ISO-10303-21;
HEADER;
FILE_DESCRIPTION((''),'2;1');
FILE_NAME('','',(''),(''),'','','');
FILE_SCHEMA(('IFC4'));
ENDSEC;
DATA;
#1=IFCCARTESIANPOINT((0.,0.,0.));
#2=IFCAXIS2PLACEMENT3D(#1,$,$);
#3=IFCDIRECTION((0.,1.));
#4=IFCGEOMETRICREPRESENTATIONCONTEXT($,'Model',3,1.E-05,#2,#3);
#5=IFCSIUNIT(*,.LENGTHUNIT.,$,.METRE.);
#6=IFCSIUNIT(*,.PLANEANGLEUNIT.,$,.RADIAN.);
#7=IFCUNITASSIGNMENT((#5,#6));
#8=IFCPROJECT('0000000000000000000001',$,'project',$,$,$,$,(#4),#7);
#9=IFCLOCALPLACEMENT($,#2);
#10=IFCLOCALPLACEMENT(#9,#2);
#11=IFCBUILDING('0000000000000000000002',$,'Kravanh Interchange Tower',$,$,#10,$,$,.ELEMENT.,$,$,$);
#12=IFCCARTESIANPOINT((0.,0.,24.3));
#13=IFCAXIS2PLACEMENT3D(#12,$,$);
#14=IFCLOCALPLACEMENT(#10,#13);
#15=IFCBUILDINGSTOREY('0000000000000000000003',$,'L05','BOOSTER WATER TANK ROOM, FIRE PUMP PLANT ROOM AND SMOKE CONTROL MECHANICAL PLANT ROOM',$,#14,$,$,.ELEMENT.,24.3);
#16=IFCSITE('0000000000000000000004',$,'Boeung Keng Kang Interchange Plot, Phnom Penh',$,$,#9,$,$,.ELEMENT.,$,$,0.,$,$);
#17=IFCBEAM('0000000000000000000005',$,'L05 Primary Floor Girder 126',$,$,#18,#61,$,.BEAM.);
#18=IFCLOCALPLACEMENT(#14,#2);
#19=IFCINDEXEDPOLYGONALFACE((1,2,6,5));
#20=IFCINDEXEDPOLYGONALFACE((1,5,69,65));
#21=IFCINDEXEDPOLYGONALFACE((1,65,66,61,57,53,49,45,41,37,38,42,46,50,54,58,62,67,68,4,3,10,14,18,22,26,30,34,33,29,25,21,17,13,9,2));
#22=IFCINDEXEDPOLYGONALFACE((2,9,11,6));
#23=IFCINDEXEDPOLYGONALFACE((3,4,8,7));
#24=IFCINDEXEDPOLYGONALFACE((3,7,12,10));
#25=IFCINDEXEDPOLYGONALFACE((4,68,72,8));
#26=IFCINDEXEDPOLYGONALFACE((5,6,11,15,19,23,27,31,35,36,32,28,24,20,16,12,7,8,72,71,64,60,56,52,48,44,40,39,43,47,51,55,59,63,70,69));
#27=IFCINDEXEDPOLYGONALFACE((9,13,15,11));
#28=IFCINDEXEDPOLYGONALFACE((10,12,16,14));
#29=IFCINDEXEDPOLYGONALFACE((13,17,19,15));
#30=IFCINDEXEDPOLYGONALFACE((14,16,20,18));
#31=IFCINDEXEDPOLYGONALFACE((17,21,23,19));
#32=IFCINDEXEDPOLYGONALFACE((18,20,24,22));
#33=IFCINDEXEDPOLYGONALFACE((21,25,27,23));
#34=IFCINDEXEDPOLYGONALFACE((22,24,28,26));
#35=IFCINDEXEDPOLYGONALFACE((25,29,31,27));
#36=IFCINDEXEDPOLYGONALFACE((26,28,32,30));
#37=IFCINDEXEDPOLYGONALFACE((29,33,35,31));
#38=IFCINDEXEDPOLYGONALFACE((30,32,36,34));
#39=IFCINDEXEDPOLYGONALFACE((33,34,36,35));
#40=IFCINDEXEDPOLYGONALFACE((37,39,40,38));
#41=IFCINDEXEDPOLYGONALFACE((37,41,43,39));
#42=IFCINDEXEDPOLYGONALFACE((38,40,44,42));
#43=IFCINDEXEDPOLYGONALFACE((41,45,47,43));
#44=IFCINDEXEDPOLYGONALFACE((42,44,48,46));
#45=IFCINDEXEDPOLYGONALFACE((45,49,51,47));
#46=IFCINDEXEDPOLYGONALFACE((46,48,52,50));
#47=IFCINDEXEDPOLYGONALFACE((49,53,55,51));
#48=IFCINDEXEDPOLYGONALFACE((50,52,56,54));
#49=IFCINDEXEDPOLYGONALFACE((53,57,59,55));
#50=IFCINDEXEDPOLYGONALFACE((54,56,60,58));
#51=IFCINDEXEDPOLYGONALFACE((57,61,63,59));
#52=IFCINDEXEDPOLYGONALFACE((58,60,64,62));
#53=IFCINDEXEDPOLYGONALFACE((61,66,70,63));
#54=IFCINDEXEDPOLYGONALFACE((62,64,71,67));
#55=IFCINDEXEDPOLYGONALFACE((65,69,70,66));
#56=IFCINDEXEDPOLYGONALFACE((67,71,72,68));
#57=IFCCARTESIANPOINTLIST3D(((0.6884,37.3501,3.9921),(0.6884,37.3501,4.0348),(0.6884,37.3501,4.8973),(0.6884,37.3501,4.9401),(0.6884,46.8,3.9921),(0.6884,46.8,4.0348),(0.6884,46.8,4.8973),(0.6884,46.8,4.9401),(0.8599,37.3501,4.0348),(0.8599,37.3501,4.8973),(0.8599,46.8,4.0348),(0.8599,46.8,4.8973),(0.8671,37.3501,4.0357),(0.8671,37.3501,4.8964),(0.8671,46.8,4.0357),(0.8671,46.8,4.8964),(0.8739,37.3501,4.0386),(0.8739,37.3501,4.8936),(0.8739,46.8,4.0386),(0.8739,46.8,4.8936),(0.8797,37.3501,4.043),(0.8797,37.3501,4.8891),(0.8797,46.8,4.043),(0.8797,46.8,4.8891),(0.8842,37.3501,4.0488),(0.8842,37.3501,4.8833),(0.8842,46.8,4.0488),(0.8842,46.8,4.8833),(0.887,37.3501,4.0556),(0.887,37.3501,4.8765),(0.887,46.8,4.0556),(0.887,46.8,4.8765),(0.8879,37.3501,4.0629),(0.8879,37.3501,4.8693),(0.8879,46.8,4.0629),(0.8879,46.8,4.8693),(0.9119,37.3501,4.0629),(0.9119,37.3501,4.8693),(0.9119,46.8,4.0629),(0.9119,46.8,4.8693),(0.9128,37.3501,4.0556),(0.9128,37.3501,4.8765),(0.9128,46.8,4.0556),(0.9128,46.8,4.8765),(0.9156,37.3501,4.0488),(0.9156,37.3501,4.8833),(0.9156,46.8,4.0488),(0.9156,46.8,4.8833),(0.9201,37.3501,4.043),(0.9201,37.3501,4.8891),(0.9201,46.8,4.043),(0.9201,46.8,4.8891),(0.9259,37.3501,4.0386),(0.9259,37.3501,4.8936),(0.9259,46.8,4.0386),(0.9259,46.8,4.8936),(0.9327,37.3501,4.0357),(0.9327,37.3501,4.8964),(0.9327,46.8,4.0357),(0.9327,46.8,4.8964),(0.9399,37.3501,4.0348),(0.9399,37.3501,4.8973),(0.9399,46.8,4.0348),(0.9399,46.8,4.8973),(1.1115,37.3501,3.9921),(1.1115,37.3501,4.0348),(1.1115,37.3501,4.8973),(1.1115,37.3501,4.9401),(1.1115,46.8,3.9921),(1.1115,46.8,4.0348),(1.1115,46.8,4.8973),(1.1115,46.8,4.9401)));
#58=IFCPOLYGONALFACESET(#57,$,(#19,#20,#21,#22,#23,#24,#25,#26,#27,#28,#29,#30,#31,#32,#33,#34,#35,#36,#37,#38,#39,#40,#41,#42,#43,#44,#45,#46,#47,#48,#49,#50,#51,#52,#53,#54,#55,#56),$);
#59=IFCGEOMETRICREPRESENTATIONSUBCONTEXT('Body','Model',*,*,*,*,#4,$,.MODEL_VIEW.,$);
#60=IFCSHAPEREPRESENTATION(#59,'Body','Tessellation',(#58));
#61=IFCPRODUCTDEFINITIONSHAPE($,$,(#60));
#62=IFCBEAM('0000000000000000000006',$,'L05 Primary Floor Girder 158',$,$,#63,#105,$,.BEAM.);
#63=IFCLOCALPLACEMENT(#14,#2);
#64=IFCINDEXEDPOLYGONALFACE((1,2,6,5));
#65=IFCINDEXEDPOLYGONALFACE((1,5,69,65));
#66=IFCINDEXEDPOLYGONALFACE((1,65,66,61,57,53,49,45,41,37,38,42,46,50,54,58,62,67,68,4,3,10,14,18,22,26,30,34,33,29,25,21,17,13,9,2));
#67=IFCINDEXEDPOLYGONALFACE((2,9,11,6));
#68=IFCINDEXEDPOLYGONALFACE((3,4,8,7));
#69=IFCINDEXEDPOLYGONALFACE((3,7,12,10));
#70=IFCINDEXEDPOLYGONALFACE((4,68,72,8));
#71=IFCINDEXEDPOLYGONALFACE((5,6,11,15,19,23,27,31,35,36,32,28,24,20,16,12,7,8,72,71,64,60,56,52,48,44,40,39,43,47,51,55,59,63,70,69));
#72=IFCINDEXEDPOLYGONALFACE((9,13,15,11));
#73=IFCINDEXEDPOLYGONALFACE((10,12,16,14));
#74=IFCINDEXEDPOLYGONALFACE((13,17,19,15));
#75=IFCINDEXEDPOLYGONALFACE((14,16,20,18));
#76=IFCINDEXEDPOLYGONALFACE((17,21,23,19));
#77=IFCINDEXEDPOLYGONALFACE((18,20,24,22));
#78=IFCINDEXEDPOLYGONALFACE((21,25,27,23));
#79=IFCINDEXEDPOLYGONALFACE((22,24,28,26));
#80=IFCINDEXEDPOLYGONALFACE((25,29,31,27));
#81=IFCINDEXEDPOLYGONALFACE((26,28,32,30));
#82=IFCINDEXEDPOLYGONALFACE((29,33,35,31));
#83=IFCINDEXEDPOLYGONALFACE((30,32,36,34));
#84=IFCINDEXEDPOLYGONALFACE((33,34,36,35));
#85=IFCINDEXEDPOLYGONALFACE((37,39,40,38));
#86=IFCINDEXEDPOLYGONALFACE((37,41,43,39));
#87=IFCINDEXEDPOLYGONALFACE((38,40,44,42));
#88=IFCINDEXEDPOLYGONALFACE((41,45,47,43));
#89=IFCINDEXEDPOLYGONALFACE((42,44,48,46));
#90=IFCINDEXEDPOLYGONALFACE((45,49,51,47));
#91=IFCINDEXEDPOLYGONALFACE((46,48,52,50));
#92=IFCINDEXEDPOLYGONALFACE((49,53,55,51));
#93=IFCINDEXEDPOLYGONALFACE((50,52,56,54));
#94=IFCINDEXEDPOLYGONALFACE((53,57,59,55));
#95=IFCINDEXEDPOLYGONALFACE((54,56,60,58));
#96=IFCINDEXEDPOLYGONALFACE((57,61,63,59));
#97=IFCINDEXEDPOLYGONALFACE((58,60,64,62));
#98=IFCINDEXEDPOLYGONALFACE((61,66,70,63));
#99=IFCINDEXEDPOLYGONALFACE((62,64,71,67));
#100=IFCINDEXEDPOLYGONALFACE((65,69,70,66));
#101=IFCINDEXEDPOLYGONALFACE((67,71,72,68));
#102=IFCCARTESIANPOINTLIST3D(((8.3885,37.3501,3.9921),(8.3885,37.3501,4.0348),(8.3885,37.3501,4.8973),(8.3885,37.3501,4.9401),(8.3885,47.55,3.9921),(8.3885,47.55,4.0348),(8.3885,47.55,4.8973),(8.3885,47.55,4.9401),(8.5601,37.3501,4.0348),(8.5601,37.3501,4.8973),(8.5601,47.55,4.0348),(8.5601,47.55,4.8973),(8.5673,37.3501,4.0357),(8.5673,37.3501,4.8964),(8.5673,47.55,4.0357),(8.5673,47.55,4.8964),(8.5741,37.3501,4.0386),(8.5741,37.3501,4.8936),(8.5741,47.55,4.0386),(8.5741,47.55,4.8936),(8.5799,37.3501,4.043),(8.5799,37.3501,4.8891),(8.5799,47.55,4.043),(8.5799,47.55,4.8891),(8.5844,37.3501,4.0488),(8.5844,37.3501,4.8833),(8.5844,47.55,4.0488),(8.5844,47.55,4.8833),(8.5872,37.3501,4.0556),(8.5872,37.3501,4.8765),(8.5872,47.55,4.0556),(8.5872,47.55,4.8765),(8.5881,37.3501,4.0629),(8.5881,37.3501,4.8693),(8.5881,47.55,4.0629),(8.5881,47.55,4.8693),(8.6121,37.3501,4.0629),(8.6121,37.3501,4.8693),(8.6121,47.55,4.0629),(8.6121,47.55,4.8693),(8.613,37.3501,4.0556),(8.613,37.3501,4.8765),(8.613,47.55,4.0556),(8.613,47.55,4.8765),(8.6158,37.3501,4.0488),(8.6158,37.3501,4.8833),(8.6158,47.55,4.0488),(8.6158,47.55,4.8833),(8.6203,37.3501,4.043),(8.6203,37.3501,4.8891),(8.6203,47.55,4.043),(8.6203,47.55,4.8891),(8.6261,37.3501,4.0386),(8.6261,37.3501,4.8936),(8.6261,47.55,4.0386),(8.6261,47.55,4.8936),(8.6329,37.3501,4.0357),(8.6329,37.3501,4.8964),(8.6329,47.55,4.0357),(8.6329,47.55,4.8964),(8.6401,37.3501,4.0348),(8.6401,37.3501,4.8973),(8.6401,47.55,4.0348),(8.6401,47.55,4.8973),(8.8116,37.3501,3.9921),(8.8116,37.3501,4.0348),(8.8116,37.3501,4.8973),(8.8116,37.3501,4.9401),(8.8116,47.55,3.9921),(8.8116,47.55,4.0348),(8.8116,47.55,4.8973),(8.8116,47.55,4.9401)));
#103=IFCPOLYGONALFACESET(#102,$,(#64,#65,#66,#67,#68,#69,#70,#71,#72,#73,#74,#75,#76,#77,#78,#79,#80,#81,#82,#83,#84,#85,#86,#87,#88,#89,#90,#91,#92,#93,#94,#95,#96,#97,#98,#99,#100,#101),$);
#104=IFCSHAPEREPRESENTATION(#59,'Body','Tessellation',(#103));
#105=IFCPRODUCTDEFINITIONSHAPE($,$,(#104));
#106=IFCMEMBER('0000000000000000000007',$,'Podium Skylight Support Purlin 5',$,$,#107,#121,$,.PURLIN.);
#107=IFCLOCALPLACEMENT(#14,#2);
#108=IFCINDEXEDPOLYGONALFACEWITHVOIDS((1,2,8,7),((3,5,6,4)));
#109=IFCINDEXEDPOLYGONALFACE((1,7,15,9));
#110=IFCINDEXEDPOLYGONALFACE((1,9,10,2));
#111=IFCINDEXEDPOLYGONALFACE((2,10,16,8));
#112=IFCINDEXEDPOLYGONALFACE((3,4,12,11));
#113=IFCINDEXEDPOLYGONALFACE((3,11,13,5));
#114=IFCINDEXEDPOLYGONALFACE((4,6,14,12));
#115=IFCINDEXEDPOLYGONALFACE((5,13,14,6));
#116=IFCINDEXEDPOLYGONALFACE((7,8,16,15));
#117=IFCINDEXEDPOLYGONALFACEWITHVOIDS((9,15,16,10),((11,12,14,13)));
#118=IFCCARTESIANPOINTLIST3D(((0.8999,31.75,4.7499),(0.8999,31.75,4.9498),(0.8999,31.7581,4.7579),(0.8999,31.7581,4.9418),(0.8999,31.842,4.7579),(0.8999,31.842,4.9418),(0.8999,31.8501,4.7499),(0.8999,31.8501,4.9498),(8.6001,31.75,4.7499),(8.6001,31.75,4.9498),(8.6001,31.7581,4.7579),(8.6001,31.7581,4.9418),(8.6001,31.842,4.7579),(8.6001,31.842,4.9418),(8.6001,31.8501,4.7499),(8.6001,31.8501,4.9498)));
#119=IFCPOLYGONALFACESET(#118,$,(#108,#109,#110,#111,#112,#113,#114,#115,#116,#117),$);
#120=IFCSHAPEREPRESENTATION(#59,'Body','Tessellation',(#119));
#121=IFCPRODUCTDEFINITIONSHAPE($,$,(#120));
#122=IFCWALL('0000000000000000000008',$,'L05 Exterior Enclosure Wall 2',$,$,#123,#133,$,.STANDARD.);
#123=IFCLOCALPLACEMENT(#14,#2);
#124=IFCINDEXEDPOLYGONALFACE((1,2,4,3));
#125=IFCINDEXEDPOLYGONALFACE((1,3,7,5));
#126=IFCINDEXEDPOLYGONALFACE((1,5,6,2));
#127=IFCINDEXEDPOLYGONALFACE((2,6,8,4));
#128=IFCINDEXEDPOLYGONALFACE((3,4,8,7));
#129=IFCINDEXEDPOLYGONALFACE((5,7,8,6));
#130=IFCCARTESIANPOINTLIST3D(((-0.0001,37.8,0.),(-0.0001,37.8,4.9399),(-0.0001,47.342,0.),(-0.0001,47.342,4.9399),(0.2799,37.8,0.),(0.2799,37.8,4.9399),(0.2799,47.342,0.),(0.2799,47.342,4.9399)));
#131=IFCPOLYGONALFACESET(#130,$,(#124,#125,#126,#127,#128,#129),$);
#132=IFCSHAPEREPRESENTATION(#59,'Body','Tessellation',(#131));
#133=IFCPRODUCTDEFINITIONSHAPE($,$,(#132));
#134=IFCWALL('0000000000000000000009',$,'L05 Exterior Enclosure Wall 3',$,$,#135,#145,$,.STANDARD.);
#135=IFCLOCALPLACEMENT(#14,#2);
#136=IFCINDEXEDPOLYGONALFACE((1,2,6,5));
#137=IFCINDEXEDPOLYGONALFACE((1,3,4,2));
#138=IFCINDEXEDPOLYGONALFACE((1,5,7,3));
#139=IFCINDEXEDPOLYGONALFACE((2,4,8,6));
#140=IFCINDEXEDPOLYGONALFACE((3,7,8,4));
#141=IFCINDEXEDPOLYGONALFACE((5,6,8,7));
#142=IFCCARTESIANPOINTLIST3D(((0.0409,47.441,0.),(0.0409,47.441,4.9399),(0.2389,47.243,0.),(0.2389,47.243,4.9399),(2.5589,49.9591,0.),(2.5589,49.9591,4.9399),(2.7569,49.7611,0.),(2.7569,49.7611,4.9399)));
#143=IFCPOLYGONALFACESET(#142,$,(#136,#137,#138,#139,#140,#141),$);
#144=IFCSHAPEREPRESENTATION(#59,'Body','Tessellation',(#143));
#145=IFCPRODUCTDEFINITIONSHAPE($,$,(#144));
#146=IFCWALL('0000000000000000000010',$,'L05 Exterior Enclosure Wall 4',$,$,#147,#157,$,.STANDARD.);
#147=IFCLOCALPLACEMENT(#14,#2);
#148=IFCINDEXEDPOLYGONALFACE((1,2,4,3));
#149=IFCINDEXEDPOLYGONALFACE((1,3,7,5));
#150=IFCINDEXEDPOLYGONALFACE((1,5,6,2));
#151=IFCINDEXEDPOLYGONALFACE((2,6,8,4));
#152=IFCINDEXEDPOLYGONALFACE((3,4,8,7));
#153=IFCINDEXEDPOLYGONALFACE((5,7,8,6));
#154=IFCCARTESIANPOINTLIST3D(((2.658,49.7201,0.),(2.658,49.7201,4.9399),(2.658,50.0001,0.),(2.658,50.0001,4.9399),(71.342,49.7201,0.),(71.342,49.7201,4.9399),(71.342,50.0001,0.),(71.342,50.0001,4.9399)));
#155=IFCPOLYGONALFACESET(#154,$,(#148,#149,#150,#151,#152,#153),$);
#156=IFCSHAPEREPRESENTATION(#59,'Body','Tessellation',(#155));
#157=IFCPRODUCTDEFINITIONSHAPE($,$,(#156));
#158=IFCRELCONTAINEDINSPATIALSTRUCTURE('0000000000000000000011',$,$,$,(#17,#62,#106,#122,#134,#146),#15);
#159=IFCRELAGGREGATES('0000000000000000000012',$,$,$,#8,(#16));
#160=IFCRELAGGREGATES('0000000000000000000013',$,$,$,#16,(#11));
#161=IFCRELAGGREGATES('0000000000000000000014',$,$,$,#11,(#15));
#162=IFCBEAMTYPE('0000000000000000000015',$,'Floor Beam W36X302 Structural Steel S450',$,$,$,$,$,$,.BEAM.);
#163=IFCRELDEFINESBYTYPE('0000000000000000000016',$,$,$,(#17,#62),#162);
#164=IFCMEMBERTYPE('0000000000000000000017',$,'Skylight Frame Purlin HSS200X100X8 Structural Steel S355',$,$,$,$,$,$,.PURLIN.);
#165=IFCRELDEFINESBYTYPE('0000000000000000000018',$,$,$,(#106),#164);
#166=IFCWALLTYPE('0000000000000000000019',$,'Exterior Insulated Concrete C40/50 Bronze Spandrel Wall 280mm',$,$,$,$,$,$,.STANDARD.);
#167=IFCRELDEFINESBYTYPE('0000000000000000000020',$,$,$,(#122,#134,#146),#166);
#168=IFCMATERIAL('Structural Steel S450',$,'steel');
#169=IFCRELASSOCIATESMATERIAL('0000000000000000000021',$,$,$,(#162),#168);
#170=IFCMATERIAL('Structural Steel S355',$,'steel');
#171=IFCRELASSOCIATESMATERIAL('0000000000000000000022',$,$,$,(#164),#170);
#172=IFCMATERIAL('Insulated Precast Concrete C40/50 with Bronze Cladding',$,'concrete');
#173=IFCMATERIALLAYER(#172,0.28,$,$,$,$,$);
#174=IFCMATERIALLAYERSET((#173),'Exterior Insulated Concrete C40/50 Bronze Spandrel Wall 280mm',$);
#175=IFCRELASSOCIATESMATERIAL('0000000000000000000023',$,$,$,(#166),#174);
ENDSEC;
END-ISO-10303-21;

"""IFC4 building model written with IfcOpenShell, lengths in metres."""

from ifc_helpers import new_model, si_unit, direction, frame, frame_2d, origin, origin_2d, place, context, subcontext, project, spatial, rectangle, hollow_rectangle, i_section, extrude, material, layer, layer_set, material_profile, profile_set, type_object, element, save


model = new_model("IFC4")

# Units and contexts
model_context = context("Model", 3, precision=1e-05, world=origin(), true_north=direction((0.0, 1.0)))
body_context = subcontext(model_context, "Body", "Model", "MODEL_VIEW")
ifc_project = project(units=[si_unit("LENGTHUNIT", "METRE"), si_unit("PLANEANGLEUNIT", "RADIAN")], contexts=[model_context])

# Site, building, storey
site_placement = place(None, origin())
site = spatial("IfcSite", under=ifc_project, at=site_placement, Name="Boeung Keng Kang Interchange Plot, Phnom Penh", CompositionType="ELEMENT", RefElevation=0.0)
building_placement = place(site_placement, origin())
building = spatial("IfcBuilding", under=site, at=building_placement, Name="Kravanh Interchange Tower", CompositionType="ELEMENT")
storey_placement = place(building_placement, frame((0.0, 0.0, 24.3)))
storey = spatial("IfcBuildingStorey", under=building, at=storey_placement, Name="L05", Description="BOOSTER WATER TANK ROOM, FIRE PUMP PLANT ROOM AND SMOKE CONTROL MECHANICAL PLANT ROOM", CompositionType="ELEMENT", Elevation=24.3)

# Beams
ifc_material_1 = material(Name="Structural Steel S450", Category="steel")
ifc_material_profile_1 = material_profile(ifc_material_1, i_section(OverallWidth=0.4231, OverallDepth=0.948, WebThickness=0.0239, FlangeThickness=0.0427, FilletRadius=0.0281, at=origin_2d()), Name="W36X302")
ifc_profile_set_1 = profile_set([ifc_material_profile_1], Name="Structural Steel S450")
beam_type = type_object("IfcBeamType", Name="Floor Beam W36X302 Structural Steel S450", PredefinedType="BEAM", material=ifc_profile_set_1)
beam_1_placement = place(storey_placement, frame((0.8999, 37.3501, 4.4661), z_axis=(0.0, 1.0, 0.0), x_axis=(-1.0, 0.0, 0.0)))
element("IfcBeam", 1, at=beam_1_placement, inside=storey, type_object=beam_type, Name="L05 Primary Floor Girder 126", PredefinedType="BEAM", context=body_context, shape_type="SweptSolid", body=[
    extrude(i_section(OverallWidth=0.4231, OverallDepth=0.948, WebThickness=0.0239, FlangeThickness=0.0427, FilletRadius=0.0281, at=origin_2d()), origin(), (0.0, 0.0, 1.0), 9.45),
])
beam_2_placement = place(storey_placement, frame((8.6001, 37.3501, 4.4661), z_axis=(0.0, 1.0, 0.0), x_axis=(-1.0, 0.0, 0.0)))
element("IfcBeam", 2, at=beam_2_placement, inside=storey, type_object=beam_type, Name="L05 Primary Floor Girder 158", PredefinedType="BEAM", context=body_context, shape_type="SweptSolid", body=[
    extrude(i_section(OverallWidth=0.4231, OverallDepth=0.948, WebThickness=0.0239, FlangeThickness=0.0427, FilletRadius=0.0281, at=origin_2d()), origin(), (0.0, 0.0, 1.0), 10.2),
])

# Member
ifc_material_2 = material(Name="Structural Steel S355", Category="steel")
ifc_material_profile_2 = material_profile(ifc_material_2, hollow_rectangle(XDim=0.1001, YDim=0.2, WallThickness=0.0081, at=origin_2d()), Name="HSS200X100X8")
ifc_profile_set_2 = profile_set([ifc_material_profile_2], Name="Structural Steel S355")
member_type = type_object("IfcMemberType", Name="Skylight Frame Purlin HSS200X100X8 Structural Steel S355", PredefinedType="PURLIN", material=ifc_profile_set_2)
member_placement = place(storey_placement, frame((0.8999, 31.8, 4.8499), z_axis=(1.0, 0.0, 0.0), x_axis=(0.0, 1.0, 0.0)))
element("IfcMember", 3, at=member_placement, inside=storey, type_object=member_type, Name="Podium Skylight Support Purlin 5", PredefinedType="PURLIN", context=body_context, shape_type="SweptSolid", body=[
    extrude(hollow_rectangle(XDim=0.1001, YDim=0.2, WallThickness=0.0081, at=origin_2d()), origin(), (0.0, 0.0, 1.0), 7.7002),
])

# Walls
ifc_material_3 = material(Name="Insulated Precast Concrete C40/50 with Bronze Cladding", Category="concrete")
ifc_layer_1 = layer(ifc_material_3, 0.28)
ifc_layer_set_1 = layer_set([ifc_layer_1], Name="Exterior Insulated Concrete C40/50 Bronze Spandrel Wall 280mm")
wall_type_1 = type_object("IfcWallType", Name="Exterior Insulated Concrete C40/50 Bronze Spandrel Wall 280mm", PredefinedType="STANDARD", material=ifc_layer_set_1)
wall_1_placement = place(storey_placement, frame((0.1399, 37.8, 0.0), z_axis=(0.0, 0.0, 1.0), x_axis=(0.0, 1.0, 0.0)))
element("IfcWall", 4, at=wall_1_placement, inside=storey, type_object=wall_type_1, Name="L05 Exterior Enclosure Wall 2", PredefinedType="STANDARD", context=body_context, shape_type="SweptSolid", body=[
    extrude(rectangle(XDim=9.542, YDim=0.28, at=frame_2d((4.771, 0.0))), origin(), (0.0, 0.0, 1.0), 4.9399),
])
wall_2_placement = place(storey_placement, frame((0.1399, 47.342, 0.0), z_axis=(0.0, 0.0, 1.0), x_axis=(0.707107, 0.707107, 0.0)))
element("IfcWall", 5, at=wall_2_placement, inside=storey, type_object=wall_type_1, Name="L05 Exterior Enclosure Wall 3", PredefinedType="STANDARD", context=body_context, shape_type="SweptSolid", body=[
    extrude(rectangle(XDim=3.561, YDim=0.28, at=frame_2d((1.7805, 0.0))), origin(), (0.0, 0.0, 1.0), 4.9399),
])
wall_3_placement = place(storey_placement, frame((2.658, 49.8601, 0.0), z_axis=(0.0, 0.0, 1.0), x_axis=(1.0, 0.0, 0.0)))
element("IfcWall", 6, at=wall_3_placement, inside=storey, type_object=wall_type_1, Name="L05 Exterior Enclosure Wall 4", PredefinedType="STANDARD", context=body_context, shape_type="SweptSolid", body=[
    extrude(rectangle(XDim=68.6841, YDim=0.28, at=frame_2d((34.342, 0.0))), origin(), (0.0, 0.0, 1.0), 4.9399),
])

save(model, "model.ifc")
